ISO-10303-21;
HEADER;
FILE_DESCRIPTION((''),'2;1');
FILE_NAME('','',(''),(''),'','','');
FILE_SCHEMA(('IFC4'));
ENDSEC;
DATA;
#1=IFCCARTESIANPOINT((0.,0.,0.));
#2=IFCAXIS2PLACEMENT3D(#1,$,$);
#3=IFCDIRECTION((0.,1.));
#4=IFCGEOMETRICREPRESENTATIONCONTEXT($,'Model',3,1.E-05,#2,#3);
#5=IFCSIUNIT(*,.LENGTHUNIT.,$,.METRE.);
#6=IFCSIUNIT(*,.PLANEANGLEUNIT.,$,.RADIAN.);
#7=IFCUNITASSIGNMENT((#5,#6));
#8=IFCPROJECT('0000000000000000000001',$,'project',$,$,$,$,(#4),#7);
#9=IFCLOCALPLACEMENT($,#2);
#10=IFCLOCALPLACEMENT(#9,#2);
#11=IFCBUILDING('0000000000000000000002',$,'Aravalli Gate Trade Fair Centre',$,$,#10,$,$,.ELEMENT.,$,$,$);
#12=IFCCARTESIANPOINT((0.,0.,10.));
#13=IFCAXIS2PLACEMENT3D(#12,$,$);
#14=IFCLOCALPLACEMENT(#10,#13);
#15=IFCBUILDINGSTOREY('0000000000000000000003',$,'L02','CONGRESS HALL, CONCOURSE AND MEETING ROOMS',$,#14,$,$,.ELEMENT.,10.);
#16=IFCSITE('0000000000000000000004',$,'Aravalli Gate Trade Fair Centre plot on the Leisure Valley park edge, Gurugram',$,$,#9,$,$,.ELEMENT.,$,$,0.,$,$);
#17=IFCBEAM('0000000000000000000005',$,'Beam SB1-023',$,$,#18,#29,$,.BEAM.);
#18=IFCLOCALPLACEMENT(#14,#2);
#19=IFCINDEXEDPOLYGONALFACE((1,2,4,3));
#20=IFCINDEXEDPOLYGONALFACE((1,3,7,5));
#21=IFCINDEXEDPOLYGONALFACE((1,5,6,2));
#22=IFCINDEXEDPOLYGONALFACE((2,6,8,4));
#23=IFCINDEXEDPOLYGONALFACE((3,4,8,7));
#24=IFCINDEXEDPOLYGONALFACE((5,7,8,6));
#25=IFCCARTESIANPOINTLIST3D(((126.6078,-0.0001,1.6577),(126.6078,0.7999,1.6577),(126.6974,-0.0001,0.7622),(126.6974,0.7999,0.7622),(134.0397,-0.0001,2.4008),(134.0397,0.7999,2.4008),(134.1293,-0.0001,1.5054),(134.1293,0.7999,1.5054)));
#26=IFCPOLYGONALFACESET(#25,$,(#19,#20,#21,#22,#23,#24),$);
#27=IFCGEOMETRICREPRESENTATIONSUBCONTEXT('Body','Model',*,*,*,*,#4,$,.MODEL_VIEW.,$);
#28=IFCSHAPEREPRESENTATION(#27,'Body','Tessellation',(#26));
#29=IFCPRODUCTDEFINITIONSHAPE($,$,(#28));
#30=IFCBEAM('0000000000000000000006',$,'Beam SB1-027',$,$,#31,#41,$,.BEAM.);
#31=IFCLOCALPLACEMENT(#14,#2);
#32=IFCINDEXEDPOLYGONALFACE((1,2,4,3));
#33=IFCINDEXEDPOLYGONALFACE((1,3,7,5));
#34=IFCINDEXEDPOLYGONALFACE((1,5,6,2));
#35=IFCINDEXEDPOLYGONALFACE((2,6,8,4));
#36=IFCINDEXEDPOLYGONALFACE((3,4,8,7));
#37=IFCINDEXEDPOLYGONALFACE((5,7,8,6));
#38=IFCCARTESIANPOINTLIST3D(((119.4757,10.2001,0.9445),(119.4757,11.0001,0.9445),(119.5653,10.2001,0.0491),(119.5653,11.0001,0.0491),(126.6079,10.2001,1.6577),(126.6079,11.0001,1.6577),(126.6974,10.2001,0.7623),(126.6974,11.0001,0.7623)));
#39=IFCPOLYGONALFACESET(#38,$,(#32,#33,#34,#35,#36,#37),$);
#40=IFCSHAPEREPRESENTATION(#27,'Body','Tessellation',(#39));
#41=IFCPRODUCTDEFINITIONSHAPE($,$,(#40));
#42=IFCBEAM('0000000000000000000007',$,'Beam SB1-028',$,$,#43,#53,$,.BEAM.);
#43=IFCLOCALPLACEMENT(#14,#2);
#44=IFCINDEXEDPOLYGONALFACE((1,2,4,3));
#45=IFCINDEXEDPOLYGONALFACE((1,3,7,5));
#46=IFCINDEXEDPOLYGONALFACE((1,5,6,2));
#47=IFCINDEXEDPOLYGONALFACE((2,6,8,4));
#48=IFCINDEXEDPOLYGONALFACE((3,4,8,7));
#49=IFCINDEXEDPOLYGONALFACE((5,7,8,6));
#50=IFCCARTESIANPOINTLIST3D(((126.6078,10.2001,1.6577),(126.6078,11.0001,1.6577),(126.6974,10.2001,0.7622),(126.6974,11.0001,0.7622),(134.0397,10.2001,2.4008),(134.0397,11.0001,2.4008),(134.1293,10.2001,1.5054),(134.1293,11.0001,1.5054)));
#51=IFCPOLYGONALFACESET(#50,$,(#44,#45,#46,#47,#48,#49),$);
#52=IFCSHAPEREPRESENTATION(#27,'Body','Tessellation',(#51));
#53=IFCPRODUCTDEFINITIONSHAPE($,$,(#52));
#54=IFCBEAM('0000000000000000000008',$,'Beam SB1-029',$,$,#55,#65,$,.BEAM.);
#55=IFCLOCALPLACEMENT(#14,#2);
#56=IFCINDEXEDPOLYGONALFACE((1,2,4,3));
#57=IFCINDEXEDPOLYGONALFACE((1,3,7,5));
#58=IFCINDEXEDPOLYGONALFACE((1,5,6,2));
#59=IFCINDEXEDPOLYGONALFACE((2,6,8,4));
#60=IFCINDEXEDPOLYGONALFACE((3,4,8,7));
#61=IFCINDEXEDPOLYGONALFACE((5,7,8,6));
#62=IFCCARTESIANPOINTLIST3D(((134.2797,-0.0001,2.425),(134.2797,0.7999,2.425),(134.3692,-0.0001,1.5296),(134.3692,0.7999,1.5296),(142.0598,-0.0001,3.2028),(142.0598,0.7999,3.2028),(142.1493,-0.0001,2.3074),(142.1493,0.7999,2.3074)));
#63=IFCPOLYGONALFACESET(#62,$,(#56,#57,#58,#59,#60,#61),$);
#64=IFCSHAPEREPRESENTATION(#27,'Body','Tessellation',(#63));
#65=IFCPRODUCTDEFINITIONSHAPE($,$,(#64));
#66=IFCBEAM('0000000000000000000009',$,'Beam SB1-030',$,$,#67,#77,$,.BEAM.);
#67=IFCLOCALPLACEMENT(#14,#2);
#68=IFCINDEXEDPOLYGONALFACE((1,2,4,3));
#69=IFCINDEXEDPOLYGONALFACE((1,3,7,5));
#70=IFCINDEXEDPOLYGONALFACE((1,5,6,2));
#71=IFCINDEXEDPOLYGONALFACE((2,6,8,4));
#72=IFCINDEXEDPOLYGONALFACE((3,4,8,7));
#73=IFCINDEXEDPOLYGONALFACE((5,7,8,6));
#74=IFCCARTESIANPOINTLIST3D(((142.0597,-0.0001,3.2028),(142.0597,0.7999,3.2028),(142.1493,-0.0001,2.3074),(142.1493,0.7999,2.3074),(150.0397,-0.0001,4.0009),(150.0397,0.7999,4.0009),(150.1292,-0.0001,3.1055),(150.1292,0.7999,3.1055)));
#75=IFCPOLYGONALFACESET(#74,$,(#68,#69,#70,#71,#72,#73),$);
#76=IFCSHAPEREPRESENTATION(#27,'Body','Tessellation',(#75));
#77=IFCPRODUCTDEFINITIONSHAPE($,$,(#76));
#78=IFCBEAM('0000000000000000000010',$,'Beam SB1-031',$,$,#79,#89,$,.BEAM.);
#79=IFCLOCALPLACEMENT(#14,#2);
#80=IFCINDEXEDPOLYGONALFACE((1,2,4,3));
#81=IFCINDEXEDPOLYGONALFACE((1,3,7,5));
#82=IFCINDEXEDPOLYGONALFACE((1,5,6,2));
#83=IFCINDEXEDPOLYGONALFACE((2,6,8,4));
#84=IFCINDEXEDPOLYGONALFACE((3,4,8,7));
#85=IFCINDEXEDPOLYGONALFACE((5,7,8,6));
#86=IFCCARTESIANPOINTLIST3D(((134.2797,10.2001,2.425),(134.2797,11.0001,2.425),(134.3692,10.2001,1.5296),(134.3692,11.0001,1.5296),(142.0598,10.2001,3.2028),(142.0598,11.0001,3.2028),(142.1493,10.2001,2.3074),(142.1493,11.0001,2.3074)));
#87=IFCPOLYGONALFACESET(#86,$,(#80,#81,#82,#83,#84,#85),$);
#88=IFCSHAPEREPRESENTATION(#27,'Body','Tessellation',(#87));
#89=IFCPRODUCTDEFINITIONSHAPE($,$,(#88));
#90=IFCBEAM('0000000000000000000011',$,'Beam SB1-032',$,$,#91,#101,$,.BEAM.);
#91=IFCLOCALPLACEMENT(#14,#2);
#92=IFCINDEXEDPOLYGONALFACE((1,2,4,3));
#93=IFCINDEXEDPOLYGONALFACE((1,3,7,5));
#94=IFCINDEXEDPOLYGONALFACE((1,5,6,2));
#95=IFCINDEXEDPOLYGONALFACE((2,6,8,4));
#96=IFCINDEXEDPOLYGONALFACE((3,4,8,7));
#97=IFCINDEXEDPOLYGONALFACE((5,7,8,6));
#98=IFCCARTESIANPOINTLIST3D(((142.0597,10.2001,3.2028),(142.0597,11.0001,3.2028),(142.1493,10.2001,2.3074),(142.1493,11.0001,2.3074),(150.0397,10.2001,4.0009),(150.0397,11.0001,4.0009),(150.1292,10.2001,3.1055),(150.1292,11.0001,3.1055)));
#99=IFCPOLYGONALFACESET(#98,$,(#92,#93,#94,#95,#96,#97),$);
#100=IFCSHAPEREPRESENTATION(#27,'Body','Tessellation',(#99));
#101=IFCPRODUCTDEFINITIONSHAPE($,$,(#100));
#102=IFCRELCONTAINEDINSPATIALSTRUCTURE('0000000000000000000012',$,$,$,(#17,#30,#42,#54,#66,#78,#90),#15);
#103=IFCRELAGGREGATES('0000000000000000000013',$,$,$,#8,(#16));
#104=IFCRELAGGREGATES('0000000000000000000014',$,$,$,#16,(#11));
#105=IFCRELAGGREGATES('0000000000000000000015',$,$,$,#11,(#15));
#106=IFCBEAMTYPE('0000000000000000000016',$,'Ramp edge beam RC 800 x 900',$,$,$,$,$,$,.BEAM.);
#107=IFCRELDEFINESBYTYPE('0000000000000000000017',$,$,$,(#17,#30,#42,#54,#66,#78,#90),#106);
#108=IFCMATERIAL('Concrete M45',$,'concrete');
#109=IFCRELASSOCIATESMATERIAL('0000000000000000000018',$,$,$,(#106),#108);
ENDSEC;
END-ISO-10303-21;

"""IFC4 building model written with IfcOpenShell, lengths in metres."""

from ifc_helpers import new_model, si_unit, direction, frame, origin, origin_2d, place, context, subcontext, project, spatial, rectangle, extrude, material, material_profile, profile_set, type_object, element, save


model = new_model("IFC4")

# Units and contexts
model_context = context("Model", 3, precision=1e-05, world=origin(), true_north=direction((0.0, 1.0)))
body_context = subcontext(model_context, "Body", "Model", "MODEL_VIEW")
ifc_project = project(units=[si_unit("LENGTHUNIT", "METRE"), si_unit("PLANEANGLEUNIT", "RADIAN")], contexts=[model_context])

# Site, building, storey
site_placement = place(None, origin())
site = spatial("IfcSite", under=ifc_project, at=site_placement, Name="Aravalli Gate Trade Fair Centre plot on the Leisure Valley park edge, Gurugram", CompositionType="ELEMENT", RefElevation=0.0)
building_placement = place(site_placement, origin())
building = spatial("IfcBuilding", under=site, at=building_placement, Name="Aravalli Gate Trade Fair Centre", CompositionType="ELEMENT")
storey_placement = place(building_placement, frame((0.0, 0.0, 10.0)))
storey = spatial("IfcBuildingStorey", under=building, at=storey_placement, Name="L02", Description="CONGRESS HALL, CONCOURSE AND MEETING ROOMS", CompositionType="ELEMENT", Elevation=10.0)

# Shared definitions
ifc_material_1 = material(Name="Concrete M45", Category="concrete")

# Beams
ifc_material_profile_1 = material_profile(ifc_material_1, rectangle(XDim=0.8, YDim=0.8999, at=origin_2d()), Name="Ramp edge beam RC 800 x 900")
ifc_profile_set_1 = profile_set([ifc_material_profile_1], Name="Concrete M45")
beam_type_1 = type_object("IfcBeamType", Name="Ramp edge beam RC 800 x 900", PredefinedType="BEAM", material=ifc_profile_set_1)
beam_1_placement = place(storey_placement, frame((126.6526, 0.3999, 1.21), z_axis=(0.995038, 0.0, 0.0995), x_axis=(0.0, 1.0, 0.0)))
element("IfcBeam", 1, at=beam_1_placement, inside=storey, type_object=beam_type_1, Name="Beam SB1-023", PredefinedType="BEAM", context=body_context, shape_type="SweptSolid", body=[
    extrude(rectangle(XDim=0.8, YDim=0.8999, at=origin_2d()), origin(), (0.0, 0.0, 1.0), 7.469),
])
beam_2_placement = place(storey_placement, frame((119.5205, 10.6001, 0.4968), z_axis=(0.995038, 0.0, 0.099494), x_axis=(0.0, 1.0, 0.0)))
element("IfcBeam", 2, at=beam_2_placement, inside=storey, type_object=beam_type_1, Name="Beam SB1-027", PredefinedType="BEAM", context=body_context, shape_type="SweptSolid", body=[
    extrude(rectangle(XDim=0.8, YDim=0.8999, at=origin_2d()), origin(), (0.0, 0.0, 1.0), 7.1677),
])
beam_3_placement = place(storey_placement, frame((126.6526, 10.6001, 1.21), z_axis=(0.995038, 0.0, 0.0995), x_axis=(0.0, 1.0, 0.0)))
element("IfcBeam", 3, at=beam_3_placement, inside=storey, type_object=beam_type_1, Name="Beam SB1-028", PredefinedType="BEAM", context=body_context, shape_type="SweptSolid", body=[
    extrude(rectangle(XDim=0.8, YDim=0.8999, at=origin_2d()), origin(), (0.0, 0.0, 1.0), 7.469),
])
beam_4_placement = place(storey_placement, frame((134.3245, 0.3999, 1.9773), z_axis=(0.995039, 0.0, 0.099482), x_axis=(0.0, 1.0, 0.0)))
element("IfcBeam", 4, at=beam_4_placement, inside=storey, type_object=beam_type_1, Name="Beam SB1-029", PredefinedType="BEAM", context=body_context, shape_type="SweptSolid", body=[
    extrude(rectangle(XDim=0.8, YDim=0.8999, at=origin_2d()), origin(), (0.0, 0.0, 1.0), 7.8188),
])
beam_5_placement = place(storey_placement, frame((142.1045, 0.3999, 2.7551), z_axis=(0.995036, 0.0, 0.099516), x_axis=(0.0, 1.0, 0.0)))
element("IfcBeam", 5, at=beam_5_placement, inside=storey, type_object=beam_type_1, Name="Beam SB1-030", PredefinedType="BEAM", context=body_context, shape_type="SweptSolid", body=[
    extrude(rectangle(XDim=0.8, YDim=0.8999, at=origin_2d()), origin(), (0.0, 0.0, 1.0), 8.0198),
])
beam_6_placement = place(storey_placement, frame((134.3245, 10.6001, 1.9773), z_axis=(0.995039, 0.0, 0.099482), x_axis=(0.0, 1.0, 0.0)))
element("IfcBeam", 6, at=beam_6_placement, inside=storey, type_object=beam_type_1, Name="Beam SB1-031", PredefinedType="BEAM", context=body_context, shape_type="SweptSolid", body=[
    extrude(rectangle(XDim=0.8, YDim=0.8999, at=origin_2d()), origin(), (0.0, 0.0, 1.0), 7.8188),
])
beam_7_placement = place(storey_placement, frame((142.1045, 10.6001, 2.7551), z_axis=(0.995036, 0.0, 0.099516), x_axis=(0.0, 1.0, 0.0)))
element("IfcBeam", 7, at=beam_7_placement, inside=storey, type_object=beam_type_1, Name="Beam SB1-032", PredefinedType="BEAM", context=body_context, shape_type="SweptSolid", body=[
    extrude(rectangle(XDim=0.8, YDim=0.8999, at=origin_2d()), origin(), (0.0, 0.0, 1.0), 8.0198),
])

save(model, "model.ifc")
